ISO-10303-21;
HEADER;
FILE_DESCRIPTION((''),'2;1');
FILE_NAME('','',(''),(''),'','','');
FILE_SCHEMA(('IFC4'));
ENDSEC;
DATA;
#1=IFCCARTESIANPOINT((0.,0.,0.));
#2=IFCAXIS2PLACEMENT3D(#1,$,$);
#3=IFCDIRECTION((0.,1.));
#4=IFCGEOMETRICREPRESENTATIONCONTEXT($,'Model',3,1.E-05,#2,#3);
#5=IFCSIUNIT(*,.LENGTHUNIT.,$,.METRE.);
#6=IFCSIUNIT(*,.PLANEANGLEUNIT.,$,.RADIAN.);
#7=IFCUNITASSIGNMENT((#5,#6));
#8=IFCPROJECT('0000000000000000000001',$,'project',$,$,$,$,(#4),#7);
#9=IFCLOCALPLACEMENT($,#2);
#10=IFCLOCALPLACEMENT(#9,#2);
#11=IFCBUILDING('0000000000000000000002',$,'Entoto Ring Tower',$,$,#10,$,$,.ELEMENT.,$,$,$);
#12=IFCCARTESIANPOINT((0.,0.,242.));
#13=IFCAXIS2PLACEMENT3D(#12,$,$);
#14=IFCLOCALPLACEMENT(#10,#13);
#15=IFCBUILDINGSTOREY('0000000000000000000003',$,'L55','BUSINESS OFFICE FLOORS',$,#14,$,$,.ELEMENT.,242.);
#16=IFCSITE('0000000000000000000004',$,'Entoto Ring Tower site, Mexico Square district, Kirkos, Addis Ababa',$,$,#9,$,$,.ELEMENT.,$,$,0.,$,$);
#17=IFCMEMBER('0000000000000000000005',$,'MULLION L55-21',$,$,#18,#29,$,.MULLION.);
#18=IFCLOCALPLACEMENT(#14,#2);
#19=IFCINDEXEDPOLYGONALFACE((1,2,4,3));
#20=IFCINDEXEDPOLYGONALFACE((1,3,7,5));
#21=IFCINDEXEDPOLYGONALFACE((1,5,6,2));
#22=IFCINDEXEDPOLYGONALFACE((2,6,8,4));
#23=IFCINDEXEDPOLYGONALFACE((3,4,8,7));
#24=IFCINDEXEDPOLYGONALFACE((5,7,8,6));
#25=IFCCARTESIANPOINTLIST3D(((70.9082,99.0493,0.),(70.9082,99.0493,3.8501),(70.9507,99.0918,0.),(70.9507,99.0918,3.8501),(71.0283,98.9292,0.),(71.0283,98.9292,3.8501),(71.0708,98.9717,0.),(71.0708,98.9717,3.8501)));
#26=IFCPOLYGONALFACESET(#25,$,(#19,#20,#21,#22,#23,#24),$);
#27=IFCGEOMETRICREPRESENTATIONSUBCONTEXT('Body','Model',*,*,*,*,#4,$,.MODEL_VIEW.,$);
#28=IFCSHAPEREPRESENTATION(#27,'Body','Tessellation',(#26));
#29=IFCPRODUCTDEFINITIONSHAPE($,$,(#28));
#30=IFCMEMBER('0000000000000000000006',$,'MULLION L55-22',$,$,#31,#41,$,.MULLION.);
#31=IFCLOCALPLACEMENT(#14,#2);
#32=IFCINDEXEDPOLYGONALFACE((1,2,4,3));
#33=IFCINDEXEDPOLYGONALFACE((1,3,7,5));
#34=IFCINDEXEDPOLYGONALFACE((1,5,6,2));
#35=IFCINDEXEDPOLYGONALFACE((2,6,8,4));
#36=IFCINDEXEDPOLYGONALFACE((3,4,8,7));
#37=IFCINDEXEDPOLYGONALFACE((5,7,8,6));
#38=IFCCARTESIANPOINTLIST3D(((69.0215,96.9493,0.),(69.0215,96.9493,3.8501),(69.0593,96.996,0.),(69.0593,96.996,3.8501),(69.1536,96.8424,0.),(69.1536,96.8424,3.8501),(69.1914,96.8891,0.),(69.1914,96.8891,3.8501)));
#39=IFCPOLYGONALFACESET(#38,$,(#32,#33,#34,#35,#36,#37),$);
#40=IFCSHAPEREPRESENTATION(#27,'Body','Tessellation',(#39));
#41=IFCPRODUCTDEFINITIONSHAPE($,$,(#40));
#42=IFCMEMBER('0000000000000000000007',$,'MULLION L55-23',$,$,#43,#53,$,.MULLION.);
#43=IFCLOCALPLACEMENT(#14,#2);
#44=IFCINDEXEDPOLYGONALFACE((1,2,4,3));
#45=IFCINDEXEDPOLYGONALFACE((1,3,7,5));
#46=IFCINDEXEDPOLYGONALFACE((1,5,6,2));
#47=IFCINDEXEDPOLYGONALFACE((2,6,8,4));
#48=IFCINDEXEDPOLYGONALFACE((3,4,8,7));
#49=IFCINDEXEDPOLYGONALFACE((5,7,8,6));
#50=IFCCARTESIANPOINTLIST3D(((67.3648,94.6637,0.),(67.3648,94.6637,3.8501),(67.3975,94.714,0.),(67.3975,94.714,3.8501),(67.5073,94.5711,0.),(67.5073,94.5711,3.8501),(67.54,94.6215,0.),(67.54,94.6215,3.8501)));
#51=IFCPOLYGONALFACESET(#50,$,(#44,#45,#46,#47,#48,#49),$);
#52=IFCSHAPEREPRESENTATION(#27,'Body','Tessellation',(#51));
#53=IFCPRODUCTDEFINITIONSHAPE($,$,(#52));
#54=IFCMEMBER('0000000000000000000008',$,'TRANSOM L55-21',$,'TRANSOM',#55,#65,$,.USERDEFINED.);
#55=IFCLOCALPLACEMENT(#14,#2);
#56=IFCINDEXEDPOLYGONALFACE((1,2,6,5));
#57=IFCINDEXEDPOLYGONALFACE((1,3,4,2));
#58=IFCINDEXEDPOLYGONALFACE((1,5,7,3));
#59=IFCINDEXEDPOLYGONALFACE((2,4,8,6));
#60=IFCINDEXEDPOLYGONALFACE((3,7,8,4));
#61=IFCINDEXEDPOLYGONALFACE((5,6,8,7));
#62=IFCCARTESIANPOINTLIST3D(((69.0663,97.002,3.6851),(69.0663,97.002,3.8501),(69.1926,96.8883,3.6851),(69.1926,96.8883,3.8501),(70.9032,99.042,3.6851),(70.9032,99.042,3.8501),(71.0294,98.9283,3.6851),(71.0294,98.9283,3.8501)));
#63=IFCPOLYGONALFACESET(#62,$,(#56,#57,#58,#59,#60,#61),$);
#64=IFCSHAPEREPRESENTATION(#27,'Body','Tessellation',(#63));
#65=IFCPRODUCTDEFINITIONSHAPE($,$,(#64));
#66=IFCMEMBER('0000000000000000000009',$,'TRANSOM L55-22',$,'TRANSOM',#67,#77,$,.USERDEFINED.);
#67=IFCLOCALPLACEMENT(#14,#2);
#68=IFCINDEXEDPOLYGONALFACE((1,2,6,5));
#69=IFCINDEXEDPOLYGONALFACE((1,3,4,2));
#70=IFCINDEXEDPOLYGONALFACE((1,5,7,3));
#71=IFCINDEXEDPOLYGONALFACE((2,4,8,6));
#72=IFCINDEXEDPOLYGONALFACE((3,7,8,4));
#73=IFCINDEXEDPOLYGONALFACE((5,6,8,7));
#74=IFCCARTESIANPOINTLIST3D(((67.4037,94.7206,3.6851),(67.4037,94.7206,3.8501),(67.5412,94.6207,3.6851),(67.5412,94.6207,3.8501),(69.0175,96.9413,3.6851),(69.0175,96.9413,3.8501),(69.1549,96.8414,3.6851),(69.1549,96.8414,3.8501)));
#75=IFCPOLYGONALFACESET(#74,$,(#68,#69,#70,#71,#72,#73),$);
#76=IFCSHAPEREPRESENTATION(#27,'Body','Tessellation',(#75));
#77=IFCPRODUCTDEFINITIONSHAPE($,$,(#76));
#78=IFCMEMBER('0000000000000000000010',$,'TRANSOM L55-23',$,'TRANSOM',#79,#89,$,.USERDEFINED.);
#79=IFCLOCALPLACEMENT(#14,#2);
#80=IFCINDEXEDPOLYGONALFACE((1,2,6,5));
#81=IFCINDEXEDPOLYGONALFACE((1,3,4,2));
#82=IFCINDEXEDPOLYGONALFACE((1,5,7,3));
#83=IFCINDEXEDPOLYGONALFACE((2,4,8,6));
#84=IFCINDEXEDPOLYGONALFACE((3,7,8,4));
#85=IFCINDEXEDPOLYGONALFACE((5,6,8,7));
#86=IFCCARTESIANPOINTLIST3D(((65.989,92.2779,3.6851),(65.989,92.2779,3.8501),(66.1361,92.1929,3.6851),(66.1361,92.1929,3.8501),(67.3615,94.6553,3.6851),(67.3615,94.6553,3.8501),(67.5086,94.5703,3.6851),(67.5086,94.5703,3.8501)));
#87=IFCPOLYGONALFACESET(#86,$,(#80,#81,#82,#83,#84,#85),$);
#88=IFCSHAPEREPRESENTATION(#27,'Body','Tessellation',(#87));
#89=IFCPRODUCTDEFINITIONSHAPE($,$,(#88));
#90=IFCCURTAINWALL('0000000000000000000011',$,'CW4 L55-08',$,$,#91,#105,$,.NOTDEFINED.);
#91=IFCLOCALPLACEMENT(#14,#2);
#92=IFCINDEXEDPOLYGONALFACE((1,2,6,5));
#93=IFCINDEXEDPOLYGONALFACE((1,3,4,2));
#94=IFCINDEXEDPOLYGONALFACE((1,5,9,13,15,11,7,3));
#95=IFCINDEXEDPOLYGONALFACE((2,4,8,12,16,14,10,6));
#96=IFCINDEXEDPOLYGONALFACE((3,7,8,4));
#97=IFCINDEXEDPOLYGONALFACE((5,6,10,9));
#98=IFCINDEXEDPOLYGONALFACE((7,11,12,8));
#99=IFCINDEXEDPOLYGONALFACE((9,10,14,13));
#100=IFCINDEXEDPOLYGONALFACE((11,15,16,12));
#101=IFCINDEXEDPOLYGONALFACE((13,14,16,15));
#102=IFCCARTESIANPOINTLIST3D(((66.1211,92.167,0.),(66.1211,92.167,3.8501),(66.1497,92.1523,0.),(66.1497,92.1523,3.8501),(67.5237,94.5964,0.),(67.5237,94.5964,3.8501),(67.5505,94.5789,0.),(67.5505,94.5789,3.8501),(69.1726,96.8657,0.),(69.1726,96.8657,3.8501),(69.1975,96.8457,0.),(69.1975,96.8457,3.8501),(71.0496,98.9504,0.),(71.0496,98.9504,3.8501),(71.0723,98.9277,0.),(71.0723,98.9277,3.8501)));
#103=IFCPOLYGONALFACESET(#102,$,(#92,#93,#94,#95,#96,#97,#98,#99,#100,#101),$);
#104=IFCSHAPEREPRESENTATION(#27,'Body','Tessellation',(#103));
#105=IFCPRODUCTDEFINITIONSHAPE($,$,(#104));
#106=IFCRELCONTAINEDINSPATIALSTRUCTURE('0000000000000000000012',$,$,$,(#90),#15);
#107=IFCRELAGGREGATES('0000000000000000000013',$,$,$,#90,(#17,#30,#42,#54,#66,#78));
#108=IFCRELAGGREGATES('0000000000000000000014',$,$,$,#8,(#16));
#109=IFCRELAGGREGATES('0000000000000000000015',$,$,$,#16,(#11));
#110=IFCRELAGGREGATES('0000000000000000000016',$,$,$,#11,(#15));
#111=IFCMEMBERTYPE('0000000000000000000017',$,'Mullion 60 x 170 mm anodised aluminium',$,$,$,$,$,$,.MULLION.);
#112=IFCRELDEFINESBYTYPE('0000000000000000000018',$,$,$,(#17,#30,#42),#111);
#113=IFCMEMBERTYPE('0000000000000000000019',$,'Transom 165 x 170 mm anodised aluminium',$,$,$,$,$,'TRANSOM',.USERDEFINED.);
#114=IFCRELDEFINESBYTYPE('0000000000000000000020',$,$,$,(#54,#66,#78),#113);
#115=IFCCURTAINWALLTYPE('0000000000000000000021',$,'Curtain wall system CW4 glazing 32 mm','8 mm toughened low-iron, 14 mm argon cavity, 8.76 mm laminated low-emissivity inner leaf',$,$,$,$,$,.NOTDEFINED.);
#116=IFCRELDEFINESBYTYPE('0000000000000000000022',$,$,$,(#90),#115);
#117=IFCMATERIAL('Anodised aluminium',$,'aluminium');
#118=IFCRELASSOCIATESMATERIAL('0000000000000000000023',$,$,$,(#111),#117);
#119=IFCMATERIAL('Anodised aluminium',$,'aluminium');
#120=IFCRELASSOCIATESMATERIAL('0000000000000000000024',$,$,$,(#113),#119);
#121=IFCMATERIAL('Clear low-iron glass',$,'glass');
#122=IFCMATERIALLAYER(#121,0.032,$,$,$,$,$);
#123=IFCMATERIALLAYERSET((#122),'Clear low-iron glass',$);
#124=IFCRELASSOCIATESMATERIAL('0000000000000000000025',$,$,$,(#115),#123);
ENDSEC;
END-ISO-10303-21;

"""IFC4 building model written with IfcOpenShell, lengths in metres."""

from ifc_helpers import new_model, si_unit, direction, frame, origin, origin_2d, place, context, subcontext, project, spatial, polyline, rectangle, outline, extrude, material, layer, layer_set, material_profile, profile_set, type_object, element, aggregate, save


model = new_model("IFC4")

# Units and contexts
model_context = context("Model", 3, precision=1e-05, world=origin(), true_north=direction((0.0, 1.0)))
body_context = subcontext(model_context, "Body", "Model", "MODEL_VIEW")
ifc_project = project(units=[si_unit("LENGTHUNIT", "METRE"), si_unit("PLANEANGLEUNIT", "RADIAN")], contexts=[model_context])

# Members
ifc_material_1 = material(Name="Anodised aluminium", Category="aluminium")
ifc_material_profile_1 = material_profile(ifc_material_1, rectangle(XDim=0.0601, YDim=0.1699, at=origin_2d()), Name="Mullion 60 x 170 mm anodised aluminium")
ifc_profile_set_1 = profile_set([ifc_material_profile_1], Name="Anodised aluminium")
member_type_1 = type_object("IfcMemberType", Name="Mullion 60 x 170 mm anodised aluminium", PredefinedType="MULLION", material=ifc_profile_set_1)
site_placement = place(None, origin())
building_placement = place(site_placement, origin())
storey_placement = place(building_placement, frame((0.0, 0.0, 242.0)))
member_1_placement = place(storey_placement, frame((70.9895, 99.0105, 0.0), z_axis=(0.0, 0.0, 1.0), x_axis=(-0.707107, -0.707107, 0.0)))
member_1 = element("IfcMember", 1, at=member_1_placement, type_object=member_type_1, Name="MULLION L55-21", PredefinedType="MULLION", context=body_context, shape_type="SweptSolid", body=[
    extrude(rectangle(XDim=0.0601, YDim=0.1699, at=origin_2d()), origin(), (0.0, 0.0, 1.0), 3.8501),
])
member_2_placement = place(storey_placement, frame((69.1064, 96.9192, 0.0), z_axis=(0.0, 0.0, 1.0), x_axis=(-0.62932, -0.777146, 0.0)))
member_2 = element("IfcMember", 2, at=member_2_placement, type_object=member_type_1, Name="MULLION L55-22", PredefinedType="MULLION", context=body_context, shape_type="SweptSolid", body=[
    extrude(rectangle(XDim=0.0601, YDim=0.1699, at=origin_2d()), origin(), (0.0, 0.0, 1.0), 3.8501),
])
member_3_placement = place(storey_placement, frame((67.4524, 94.6426, 0.0), z_axis=(0.0, 0.0, 1.0), x_axis=(-0.544639, -0.838671, 0.0)))
member_3 = element("IfcMember", 3, at=member_3_placement, type_object=member_type_1, Name="MULLION L55-23", PredefinedType="MULLION", context=body_context, shape_type="SweptSolid", body=[
    extrude(rectangle(XDim=0.0601, YDim=0.1699, at=origin_2d()), origin(), (0.0, 0.0, 1.0), 3.8501),
])
ifc_material_2 = material(Name="Anodised aluminium", Category="aluminium")
ifc_material_profile_2 = material_profile(ifc_material_2, rectangle(XDim=0.1699, YDim=0.165, at=origin_2d()), Name="Transom 165 x 170 mm anodised aluminium")
ifc_profile_set_2 = profile_set([ifc_material_profile_2], Name="Anodised aluminium")
member_type_2 = type_object("IfcMemberType", Name="Transom 165 x 170 mm anodised aluminium", ElementType="TRANSOM", PredefinedType="USERDEFINED", material=ifc_profile_set_2)
member_4_placement = place(storey_placement, frame((70.9663, 98.9851, 3.7676), z_axis=(-0.669142, -0.743135, 0.0), x_axis=(0.743135, -0.669142, 0.0)))
member_4 = element("IfcMember", 4, at=member_4_placement, type_object=member_type_2, Name="TRANSOM L55-21", ObjectType="TRANSOM", PredefinedType="USERDEFINED", context=body_context, shape_type="SweptSolid", body=[
    extrude(rectangle(XDim=0.1699, YDim=0.165, at=origin_2d()), origin(), (0.0, 0.0, 1.0), 2.7451),
])
member_5_placement = place(storey_placement, frame((69.0862, 96.8914, 3.7676), z_axis=(-0.587865, -0.808959, 0.0), x_axis=(0.808959, -0.587865, 0.0)))
member_5 = element("IfcMember", 5, at=member_5_placement, type_object=member_type_2, Name="TRANSOM L55-22", ObjectType="TRANSOM", PredefinedType="USERDEFINED", context=body_context, shape_type="SweptSolid", body=[
    extrude(rectangle(XDim=0.1699, YDim=0.165, at=origin_2d()), origin(), (0.0, 0.0, 1.0), 2.7451),
])
member_6_placement = place(storey_placement, frame((67.4351, 94.6128, 3.7676), z_axis=(-0.499984, -0.866035, 0.0), x_axis=(0.866035, -0.499984, 0.0)))
member_6 = element("IfcMember", 6, at=member_6_placement, type_object=member_type_2, Name="TRANSOM L55-23", ObjectType="TRANSOM", PredefinedType="USERDEFINED", context=body_context, shape_type="SweptSolid", body=[
    extrude(rectangle(XDim=0.1699, YDim=0.165, at=origin_2d()), origin(), (0.0, 0.0, 1.0), 2.7451),
])

# Site, building, storey
site = spatial("IfcSite", under=ifc_project, at=site_placement, Name="Entoto Ring Tower site, Mexico Square district, Kirkos, Addis Ababa", CompositionType="ELEMENT", RefElevation=0.0)
building = spatial("IfcBuilding", under=site, at=building_placement, Name="Entoto Ring Tower", CompositionType="ELEMENT")
storey = spatial("IfcBuildingStorey", under=building, at=storey_placement, Name="L55", Description="BUSINESS OFFICE FLOORS", CompositionType="ELEMENT", Elevation=242.0)

# Curtain wall
ifc_material_3 = material(Name="Clear low-iron glass", Category="glass")
ifc_layer = layer(ifc_material_3, 0.032)
ifc_layer_set = layer_set([ifc_layer], Name="Clear low-iron glass")
curtain_wall_type = type_object("IfcCurtainWallType", Name="Curtain wall system CW4 glazing 32 mm", Description="8 mm toughened low-iron, 14 mm argon cavity, 8.76 mm laminated low-emissivity inner leaf", PredefinedType="NOTDEFINED", material=ifc_layer_set)
curtain_wall_1_placement = place(storey_placement, origin())
curtain_wall_1 = element("IfcCurtainWall", 7, at=curtain_wall_1_placement, inside=storey, type_object=curtain_wall_type, Name="CW4 L55-08", PredefinedType="NOTDEFINED", context=body_context, shape_type="SweptSolid", body=[
    extrude(outline(polyline([(71.0496, 98.9504), (69.1726, 96.8657), (67.5237, 94.5964), (66.1211, 92.167), (66.1497, 92.1523), (67.5505, 94.5789), (69.1975, 96.8457), (71.0723, 98.9277), (71.0496, 98.9504)])), origin(), (0.0, 0.0, 1.0), 3.8501),
])
aggregate(curtain_wall_1, [member_1, member_2, member_3, member_4, member_5, member_6])

save(model, "model.ifc")
